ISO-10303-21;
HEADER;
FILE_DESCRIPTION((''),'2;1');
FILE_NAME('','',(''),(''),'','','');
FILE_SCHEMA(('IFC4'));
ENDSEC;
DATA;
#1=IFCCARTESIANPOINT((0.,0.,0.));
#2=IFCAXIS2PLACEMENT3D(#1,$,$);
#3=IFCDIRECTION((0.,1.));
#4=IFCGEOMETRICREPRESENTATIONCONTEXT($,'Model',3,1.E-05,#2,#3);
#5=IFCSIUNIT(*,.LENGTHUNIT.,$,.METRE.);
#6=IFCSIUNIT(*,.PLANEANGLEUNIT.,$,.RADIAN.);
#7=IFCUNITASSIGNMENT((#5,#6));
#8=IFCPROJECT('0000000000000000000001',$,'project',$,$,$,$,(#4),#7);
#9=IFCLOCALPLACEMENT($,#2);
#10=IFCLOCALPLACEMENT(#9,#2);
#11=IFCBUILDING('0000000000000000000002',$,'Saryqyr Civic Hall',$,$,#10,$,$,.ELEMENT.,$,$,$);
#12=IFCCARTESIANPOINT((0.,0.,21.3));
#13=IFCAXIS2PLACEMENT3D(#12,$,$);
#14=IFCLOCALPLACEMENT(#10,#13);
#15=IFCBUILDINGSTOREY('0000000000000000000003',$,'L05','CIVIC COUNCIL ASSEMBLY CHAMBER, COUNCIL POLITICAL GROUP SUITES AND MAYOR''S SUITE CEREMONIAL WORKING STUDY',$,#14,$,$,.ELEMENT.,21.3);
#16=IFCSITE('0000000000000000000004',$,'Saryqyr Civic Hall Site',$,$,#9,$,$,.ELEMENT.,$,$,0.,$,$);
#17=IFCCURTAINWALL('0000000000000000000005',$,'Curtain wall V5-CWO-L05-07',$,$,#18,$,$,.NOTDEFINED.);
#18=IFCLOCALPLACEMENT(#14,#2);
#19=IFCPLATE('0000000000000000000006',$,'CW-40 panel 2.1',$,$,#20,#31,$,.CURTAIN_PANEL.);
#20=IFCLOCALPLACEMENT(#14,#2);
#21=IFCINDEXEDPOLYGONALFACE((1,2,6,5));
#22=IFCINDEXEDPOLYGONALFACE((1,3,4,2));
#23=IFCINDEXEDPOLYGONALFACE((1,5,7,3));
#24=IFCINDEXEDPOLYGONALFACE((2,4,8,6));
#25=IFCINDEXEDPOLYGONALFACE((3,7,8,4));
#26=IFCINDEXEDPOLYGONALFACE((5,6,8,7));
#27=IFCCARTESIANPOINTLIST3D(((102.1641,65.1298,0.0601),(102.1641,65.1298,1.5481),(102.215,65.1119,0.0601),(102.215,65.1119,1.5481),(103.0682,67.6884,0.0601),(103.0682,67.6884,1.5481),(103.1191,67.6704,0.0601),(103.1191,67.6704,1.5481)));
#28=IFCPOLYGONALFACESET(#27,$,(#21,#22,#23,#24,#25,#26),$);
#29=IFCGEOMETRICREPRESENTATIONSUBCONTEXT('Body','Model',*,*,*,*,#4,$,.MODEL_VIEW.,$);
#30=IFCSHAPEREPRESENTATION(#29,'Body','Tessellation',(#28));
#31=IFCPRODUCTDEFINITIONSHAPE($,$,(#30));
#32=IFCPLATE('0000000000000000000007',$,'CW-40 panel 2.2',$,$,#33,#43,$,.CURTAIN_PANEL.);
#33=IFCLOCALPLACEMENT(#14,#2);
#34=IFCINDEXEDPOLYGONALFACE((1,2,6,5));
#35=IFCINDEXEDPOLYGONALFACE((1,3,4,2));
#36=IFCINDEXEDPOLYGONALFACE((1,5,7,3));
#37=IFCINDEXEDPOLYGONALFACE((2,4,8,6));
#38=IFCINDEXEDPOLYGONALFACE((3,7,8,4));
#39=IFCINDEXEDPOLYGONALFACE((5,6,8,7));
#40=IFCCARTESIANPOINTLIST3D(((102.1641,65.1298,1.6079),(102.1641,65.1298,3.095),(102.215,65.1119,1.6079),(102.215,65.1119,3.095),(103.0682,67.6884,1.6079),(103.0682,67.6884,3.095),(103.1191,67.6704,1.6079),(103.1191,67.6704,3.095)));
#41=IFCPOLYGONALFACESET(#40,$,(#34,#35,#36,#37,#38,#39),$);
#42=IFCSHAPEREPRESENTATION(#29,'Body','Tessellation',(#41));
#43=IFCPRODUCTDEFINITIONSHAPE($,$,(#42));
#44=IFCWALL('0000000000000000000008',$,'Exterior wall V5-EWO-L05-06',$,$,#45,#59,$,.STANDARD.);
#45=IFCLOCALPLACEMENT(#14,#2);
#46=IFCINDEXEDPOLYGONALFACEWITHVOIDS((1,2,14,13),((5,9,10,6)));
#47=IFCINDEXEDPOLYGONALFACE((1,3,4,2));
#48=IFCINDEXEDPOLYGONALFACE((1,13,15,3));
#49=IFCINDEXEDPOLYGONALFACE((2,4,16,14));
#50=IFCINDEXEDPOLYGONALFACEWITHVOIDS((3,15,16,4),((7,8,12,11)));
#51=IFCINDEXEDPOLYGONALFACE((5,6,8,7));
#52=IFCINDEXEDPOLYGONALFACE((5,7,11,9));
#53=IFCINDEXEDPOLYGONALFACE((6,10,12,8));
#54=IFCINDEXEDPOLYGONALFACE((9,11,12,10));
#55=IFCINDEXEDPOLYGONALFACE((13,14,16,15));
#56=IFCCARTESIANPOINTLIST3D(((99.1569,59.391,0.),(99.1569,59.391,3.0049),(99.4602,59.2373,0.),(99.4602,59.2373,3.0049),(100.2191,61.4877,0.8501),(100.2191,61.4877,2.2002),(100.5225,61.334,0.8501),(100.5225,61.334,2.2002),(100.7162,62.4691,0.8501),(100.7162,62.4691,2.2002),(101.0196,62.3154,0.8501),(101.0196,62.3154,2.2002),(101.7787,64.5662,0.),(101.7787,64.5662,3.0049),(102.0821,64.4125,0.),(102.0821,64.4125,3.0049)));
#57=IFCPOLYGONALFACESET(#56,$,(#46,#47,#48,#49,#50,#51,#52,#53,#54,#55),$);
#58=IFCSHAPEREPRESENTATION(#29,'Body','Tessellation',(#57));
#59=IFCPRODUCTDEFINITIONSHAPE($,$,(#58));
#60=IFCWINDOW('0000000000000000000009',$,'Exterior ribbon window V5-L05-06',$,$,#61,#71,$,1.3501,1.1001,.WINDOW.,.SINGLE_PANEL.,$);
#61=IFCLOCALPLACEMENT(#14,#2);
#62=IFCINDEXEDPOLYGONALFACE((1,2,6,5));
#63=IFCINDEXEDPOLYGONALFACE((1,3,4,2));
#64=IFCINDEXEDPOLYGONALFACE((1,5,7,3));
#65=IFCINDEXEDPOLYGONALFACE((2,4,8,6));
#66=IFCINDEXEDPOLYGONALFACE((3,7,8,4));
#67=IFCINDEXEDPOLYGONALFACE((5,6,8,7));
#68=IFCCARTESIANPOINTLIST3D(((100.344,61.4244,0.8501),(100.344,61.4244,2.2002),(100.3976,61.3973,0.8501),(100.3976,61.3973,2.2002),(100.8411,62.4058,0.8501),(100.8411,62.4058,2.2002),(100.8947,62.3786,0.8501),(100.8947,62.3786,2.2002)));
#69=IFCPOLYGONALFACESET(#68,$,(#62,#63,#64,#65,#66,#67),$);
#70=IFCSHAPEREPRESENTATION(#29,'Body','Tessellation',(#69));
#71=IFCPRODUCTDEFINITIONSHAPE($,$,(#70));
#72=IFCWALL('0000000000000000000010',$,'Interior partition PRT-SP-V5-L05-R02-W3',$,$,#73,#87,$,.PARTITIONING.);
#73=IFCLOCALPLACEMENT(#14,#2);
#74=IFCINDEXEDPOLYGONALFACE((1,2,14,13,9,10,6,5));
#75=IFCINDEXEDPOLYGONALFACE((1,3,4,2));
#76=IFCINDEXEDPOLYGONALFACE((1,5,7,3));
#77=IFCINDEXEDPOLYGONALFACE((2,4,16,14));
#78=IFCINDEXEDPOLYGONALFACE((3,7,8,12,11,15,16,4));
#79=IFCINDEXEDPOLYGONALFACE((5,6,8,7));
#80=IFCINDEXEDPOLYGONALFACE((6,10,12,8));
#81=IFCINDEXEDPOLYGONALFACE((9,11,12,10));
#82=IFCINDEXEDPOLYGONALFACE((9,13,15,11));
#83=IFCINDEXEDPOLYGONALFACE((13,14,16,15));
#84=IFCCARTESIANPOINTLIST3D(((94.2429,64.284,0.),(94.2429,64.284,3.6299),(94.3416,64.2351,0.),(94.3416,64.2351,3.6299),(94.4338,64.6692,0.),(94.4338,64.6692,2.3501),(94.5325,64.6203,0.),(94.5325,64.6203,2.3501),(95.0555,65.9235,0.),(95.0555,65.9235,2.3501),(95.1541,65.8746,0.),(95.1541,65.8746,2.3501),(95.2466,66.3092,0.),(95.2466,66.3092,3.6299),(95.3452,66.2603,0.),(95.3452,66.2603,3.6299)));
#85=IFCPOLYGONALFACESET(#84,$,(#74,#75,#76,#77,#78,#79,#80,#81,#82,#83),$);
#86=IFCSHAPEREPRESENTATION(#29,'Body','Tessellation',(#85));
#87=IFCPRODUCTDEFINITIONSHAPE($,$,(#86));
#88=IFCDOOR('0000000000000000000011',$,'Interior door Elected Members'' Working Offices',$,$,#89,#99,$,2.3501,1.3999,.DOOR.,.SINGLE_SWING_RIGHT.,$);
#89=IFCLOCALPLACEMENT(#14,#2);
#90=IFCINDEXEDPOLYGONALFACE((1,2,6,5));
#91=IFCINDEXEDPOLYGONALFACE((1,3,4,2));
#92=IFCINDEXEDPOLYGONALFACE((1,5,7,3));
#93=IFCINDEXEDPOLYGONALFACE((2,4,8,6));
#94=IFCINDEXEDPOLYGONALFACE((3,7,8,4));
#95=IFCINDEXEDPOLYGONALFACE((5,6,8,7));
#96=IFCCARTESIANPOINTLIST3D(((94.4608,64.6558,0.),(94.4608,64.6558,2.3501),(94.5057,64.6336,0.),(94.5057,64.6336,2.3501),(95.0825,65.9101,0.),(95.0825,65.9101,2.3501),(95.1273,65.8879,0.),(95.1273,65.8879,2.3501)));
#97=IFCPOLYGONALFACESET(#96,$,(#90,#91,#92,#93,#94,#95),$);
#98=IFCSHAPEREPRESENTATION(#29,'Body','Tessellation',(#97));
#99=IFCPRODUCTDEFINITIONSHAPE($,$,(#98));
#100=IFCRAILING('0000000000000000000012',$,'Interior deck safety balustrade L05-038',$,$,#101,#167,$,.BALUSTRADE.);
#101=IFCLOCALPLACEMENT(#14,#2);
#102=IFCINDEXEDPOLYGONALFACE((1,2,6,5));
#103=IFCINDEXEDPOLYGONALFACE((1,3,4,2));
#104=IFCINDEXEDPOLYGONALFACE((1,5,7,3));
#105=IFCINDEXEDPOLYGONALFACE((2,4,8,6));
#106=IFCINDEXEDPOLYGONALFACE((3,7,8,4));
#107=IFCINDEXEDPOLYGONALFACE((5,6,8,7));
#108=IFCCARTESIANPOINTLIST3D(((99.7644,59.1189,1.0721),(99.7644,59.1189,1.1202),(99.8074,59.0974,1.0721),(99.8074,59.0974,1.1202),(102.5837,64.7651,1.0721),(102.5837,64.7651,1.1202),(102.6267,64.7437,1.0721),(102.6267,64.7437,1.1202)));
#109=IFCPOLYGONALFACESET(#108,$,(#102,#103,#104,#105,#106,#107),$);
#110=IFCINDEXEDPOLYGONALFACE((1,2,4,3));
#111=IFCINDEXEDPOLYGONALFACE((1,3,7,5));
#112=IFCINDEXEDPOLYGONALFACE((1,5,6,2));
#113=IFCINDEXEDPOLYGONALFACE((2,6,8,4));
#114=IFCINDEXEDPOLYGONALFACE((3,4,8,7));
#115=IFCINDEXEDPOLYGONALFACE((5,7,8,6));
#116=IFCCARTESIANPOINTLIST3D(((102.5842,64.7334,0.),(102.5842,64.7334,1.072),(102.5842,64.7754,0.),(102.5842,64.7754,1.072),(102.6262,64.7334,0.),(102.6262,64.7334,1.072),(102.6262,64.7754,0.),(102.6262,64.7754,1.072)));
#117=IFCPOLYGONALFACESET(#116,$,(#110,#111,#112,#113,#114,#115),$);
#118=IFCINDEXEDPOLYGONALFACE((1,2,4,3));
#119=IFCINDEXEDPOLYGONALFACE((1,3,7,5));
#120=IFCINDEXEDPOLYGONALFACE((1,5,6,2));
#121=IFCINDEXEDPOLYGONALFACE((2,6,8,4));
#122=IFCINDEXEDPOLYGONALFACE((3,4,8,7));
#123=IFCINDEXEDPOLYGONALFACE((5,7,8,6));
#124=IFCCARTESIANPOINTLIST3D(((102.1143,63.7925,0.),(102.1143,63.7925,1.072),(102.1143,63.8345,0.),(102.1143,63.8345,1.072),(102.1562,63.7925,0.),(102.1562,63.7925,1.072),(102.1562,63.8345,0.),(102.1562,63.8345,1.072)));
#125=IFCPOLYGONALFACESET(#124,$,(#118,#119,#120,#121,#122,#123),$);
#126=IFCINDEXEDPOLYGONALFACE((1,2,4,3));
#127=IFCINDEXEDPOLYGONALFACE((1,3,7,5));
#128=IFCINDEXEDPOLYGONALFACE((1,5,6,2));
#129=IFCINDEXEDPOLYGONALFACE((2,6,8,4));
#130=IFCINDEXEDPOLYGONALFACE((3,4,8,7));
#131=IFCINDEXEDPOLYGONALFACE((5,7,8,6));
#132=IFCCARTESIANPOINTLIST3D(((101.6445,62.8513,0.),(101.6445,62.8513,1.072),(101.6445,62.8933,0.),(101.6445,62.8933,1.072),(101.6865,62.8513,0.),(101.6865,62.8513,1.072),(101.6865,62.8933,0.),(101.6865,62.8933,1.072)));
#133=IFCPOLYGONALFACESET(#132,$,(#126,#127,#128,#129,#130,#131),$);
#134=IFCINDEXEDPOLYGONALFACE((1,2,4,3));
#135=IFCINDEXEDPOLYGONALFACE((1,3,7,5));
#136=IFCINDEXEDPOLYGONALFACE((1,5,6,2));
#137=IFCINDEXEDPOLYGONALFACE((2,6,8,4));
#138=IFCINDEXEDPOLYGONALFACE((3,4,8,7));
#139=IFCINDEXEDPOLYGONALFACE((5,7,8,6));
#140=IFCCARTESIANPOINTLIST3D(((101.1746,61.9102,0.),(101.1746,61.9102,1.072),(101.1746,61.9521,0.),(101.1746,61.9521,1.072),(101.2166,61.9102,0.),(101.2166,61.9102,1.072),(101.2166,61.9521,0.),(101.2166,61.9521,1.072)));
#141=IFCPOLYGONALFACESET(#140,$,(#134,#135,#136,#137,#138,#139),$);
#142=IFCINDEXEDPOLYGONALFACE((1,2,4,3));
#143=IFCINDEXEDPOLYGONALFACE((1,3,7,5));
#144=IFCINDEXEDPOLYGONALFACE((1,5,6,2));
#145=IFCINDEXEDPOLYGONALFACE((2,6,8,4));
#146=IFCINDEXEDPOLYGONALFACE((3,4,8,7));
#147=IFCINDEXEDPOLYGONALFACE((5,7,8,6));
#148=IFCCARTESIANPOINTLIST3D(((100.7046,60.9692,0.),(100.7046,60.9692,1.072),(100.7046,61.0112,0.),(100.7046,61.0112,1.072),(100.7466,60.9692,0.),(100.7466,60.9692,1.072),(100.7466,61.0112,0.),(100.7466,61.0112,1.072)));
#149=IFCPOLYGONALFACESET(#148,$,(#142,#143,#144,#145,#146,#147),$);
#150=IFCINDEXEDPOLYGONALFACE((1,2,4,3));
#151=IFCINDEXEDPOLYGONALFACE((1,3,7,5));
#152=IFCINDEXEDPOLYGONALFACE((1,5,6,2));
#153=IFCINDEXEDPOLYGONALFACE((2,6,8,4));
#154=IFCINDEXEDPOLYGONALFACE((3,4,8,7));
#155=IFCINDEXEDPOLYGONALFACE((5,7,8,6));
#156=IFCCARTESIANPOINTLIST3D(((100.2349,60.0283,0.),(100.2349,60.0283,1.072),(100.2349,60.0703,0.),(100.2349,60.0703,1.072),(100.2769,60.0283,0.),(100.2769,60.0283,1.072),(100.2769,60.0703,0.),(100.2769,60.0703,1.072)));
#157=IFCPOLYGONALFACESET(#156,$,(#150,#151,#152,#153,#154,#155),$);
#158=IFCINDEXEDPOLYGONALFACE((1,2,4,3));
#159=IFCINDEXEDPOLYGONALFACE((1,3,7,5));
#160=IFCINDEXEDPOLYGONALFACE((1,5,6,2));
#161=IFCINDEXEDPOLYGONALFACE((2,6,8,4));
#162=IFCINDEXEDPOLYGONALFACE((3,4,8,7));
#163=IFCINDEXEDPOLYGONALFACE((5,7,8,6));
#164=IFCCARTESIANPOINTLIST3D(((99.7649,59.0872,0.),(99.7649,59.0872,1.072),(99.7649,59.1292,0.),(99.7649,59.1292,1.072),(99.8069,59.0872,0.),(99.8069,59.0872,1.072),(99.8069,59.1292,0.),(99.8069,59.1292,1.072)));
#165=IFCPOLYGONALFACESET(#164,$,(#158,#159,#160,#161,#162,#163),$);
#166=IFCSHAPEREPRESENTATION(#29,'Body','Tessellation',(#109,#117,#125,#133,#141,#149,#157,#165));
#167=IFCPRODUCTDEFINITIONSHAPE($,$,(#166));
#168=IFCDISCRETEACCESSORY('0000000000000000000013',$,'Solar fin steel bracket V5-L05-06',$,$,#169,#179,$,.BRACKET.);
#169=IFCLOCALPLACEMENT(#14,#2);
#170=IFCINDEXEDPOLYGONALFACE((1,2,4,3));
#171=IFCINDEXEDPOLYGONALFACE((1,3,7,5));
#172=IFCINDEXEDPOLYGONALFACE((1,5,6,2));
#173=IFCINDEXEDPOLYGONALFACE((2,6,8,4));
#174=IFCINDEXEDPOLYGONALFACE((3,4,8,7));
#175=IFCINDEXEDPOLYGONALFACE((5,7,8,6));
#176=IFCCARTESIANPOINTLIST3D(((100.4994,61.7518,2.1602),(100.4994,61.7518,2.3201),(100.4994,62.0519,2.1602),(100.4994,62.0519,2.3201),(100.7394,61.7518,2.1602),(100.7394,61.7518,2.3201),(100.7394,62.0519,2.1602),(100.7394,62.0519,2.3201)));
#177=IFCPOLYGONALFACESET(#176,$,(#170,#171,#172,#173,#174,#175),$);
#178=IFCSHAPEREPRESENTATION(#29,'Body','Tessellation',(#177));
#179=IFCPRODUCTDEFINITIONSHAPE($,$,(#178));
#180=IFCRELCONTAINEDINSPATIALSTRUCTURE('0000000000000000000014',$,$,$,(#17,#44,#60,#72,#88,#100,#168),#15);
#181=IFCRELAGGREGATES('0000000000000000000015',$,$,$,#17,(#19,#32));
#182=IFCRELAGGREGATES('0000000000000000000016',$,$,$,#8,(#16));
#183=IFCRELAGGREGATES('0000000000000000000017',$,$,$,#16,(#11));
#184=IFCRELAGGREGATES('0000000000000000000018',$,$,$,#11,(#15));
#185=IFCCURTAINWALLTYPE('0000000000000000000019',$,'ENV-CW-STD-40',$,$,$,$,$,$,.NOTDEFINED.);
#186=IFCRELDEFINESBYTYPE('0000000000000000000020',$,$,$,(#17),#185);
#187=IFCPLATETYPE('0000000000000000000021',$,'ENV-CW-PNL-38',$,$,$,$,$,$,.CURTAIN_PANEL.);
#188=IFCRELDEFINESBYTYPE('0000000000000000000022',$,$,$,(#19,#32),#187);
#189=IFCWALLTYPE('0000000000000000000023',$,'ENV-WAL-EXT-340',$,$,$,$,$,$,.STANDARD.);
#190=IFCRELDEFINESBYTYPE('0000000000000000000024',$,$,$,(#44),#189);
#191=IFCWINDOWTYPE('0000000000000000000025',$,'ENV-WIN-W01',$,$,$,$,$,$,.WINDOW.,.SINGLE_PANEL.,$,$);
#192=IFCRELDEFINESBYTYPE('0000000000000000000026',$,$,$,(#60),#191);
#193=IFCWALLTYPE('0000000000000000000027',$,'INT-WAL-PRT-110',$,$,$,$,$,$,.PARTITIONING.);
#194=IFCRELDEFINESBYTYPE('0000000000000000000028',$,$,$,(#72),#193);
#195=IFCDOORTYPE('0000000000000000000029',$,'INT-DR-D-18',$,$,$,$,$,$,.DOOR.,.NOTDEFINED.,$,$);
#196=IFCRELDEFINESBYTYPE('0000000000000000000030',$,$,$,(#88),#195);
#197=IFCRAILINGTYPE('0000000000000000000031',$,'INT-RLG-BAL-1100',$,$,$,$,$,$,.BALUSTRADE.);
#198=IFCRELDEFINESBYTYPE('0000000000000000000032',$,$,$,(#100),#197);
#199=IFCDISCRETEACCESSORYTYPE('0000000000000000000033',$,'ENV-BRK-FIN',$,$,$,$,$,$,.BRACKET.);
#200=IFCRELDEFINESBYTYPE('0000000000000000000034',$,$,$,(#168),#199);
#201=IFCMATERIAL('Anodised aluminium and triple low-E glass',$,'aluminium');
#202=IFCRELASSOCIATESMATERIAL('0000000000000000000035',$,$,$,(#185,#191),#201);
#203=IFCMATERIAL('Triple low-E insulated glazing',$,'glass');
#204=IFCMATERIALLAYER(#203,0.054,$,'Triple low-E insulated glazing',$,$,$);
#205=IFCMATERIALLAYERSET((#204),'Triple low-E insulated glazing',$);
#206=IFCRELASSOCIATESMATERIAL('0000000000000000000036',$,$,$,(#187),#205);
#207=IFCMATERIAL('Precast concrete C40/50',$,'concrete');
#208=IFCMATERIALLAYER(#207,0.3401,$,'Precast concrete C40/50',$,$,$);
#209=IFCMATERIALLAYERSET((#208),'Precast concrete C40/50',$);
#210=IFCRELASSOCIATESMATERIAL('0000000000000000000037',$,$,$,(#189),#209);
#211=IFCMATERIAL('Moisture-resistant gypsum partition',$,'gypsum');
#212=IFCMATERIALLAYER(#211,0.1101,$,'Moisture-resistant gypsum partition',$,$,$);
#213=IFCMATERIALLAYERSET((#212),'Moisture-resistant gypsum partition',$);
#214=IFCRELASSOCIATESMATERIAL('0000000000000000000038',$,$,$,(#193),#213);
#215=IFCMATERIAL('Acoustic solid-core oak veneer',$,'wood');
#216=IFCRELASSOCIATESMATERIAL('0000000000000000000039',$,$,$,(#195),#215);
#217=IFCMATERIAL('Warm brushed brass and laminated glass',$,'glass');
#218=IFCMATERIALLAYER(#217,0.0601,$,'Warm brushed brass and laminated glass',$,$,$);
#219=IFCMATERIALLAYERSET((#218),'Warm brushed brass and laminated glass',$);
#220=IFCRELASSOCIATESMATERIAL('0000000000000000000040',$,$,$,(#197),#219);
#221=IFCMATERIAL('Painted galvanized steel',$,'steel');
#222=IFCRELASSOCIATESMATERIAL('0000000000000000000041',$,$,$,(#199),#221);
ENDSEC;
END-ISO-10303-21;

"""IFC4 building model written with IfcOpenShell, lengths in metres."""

from ifc_helpers import new_model, si_unit, direction, frame, frame_2d, origin, origin_2d, place, context, subcontext, project, spatial, rectangle, extrude, material, layer, layer_set, type_object, element, fill, aggregate, save


model = new_model("IFC4")

# Units and contexts
model_context = context("Model", 3, precision=1e-05, world=origin(), true_north=direction((0.0, 1.0)))
body_context = subcontext(model_context, "Body", "Model", "MODEL_VIEW")
ifc_project = project(units=[si_unit("LENGTHUNIT", "METRE"), si_unit("PLANEANGLEUNIT", "RADIAN")], contexts=[model_context])

# Site, building, storey
site_placement = place(None, origin())
site = spatial("IfcSite", under=ifc_project, at=site_placement, Name="Saryqyr Civic Hall Site", CompositionType="ELEMENT", RefElevation=0.0)
building_placement = place(site_placement, origin())
building = spatial("IfcBuilding", under=site, at=building_placement, Name="Saryqyr Civic Hall", CompositionType="ELEMENT")
storey_placement = place(building_placement, frame((0.0, 0.0, 21.3)))
storey = spatial("IfcBuildingStorey", under=building, at=storey_placement, Name="L05", Description="CIVIC COUNCIL ASSEMBLY CHAMBER, COUNCIL POLITICAL GROUP SUITES AND MAYOR'S SUITE CEREMONIAL WORKING STUDY", CompositionType="ELEMENT", Elevation=21.3)

# Curtain wall
ifc_material_1 = material(Name="Anodised aluminium and triple low-E glass", Category="aluminium")
curtain_wall_type = type_object("IfcCurtainWallType", Name="ENV-CW-STD-40", PredefinedType="NOTDEFINED", material=ifc_material_1)
curtain_wall_placement = place(storey_placement, origin())
curtain_wall = element("IfcCurtainWall", 1, at=curtain_wall_placement, inside=storey, type_object=curtain_wall_type, Name="Curtain wall V5-CWO-L05-07", PredefinedType="NOTDEFINED")

# Plates
ifc_material_2 = material(Name="Triple low-E insulated glazing", Category="glass")
ifc_layer_1 = layer(ifc_material_2, 0.054, Name="Triple low-E insulated glazing")
ifc_layer_set_1 = layer_set([ifc_layer_1], Name="Triple low-E insulated glazing")
plate_type = type_object("IfcPlateType", Name="ENV-CW-PNL-38", PredefinedType="CURTAIN_PANEL", material=ifc_layer_set_1)
plate_1_placement = place(storey_placement, frame((102.6416, 66.4001, 0.0601), z_axis=(0.0, 0.0, 1.0), x_axis=(-0.33318, -0.942863, 0.0)))
plate_1 = element("IfcPlate", 2, at=plate_1_placement, type_object=plate_type, Name="CW-40 panel 2.1", PredefinedType="CURTAIN_PANEL", context=body_context, shape_type="SweptSolid", body=[
    extrude(rectangle(XDim=2.7136, YDim=0.054, at=origin_2d()), origin(), (0.0, 0.0, 1.0), 1.488),
])
plate_2_placement = place(storey_placement, frame((102.6416, 66.4001, 1.6079), z_axis=(0.0, 0.0, 1.0), x_axis=(-0.33318, -0.942863, 0.0)))
plate_2 = element("IfcPlate", 3, at=plate_2_placement, type_object=plate_type, Name="CW-40 panel 2.2", PredefinedType="CURTAIN_PANEL", context=body_context, shape_type="SweptSolid", body=[
    extrude(rectangle(XDim=2.7136, YDim=0.054, at=origin_2d()), origin(), (0.0, 0.0, 1.0), 1.4871),
])
aggregate(curtain_wall, [plate_1, plate_2])

# Wall, opening, window
ifc_material_3 = material(Name="Precast concrete C40/50", Category="concrete")
ifc_layer_2 = layer(ifc_material_3, 0.3401, Name="Precast concrete C40/50")
ifc_layer_set_2 = layer_set([ifc_layer_2], Name="Precast concrete C40/50")
wall_type_1 = type_object("IfcWallType", Name="ENV-WAL-EXT-340", PredefinedType="STANDARD", material=ifc_layer_set_2)
wall_1_placement = place(storey_placement, frame((101.9304, 64.4895, 0.0), z_axis=(0.0, 0.0, 1.0), x_axis=(-0.451921, -0.892058, 0.0)))
wall_1 = element("IfcWall", 4, at=wall_1_placement, inside=storey, type_object=wall_type_1, Name="Exterior wall V5-EWO-L05-06", PredefinedType="STANDARD", context=body_context, shape_type="SweptSolid", body=[
    extrude(rectangle(XDim=5.8015, YDim=0.3401, at=frame_2d((2.9009, 0.0))), origin(), (0.0, 0.0, 1.0), 3.0049),
])
opening_1_placement = place(wall_1_placement, frame((2.3511, 0.0, 0.8501)))
opening_1 = element("IfcOpeningElement", 5, at=opening_1_placement, cuts=wall_1, PredefinedType="OPENING", context=body_context, shape_type="SweptSolid", body=[
    extrude(rectangle(XDim=1.1001, YDim=1.3501, at=frame_2d((0.55, 0.675))), frame((0.0, 0.1799, 0.0), z_axis=(0.0, -1.0, 0.0), x_axis=(1.0, 0.0, 0.0)), (0.0, 0.0, 1.0), 0.3601),
])
window_type = type_object("IfcWindowType", Name="ENV-WIN-W01", PartitioningType="SINGLE_PANEL", PredefinedType="WINDOW", material=ifc_material_1)
window_placement = place(opening_1_placement, origin())
window = element("IfcWindow", 6, at=window_placement, inside=storey, type_object=window_type, Name="Exterior ribbon window V5-L05-06", OverallHeight=1.3501, OverallWidth=1.1001, PartitioningType="SINGLE_PANEL", PredefinedType="WINDOW", context=body_context, shape_type="SweptSolid", body=[
    extrude(rectangle(XDim=1.1001, YDim=1.3501, at=frame_2d((0.55, 0.675))), frame((0.0, 0.03, 0.0), z_axis=(0.0, -1.0, 0.0), x_axis=(1.0, 0.0, 0.0)), (0.0, 0.0, 1.0), 0.0601),
])
fill(opening_1, window)

# Wall, opening, door
ifc_material_4 = material(Name="Moisture-resistant gypsum partition", Category="gypsum")
ifc_layer_3 = layer(ifc_material_4, 0.1101, Name="Moisture-resistant gypsum partition")
ifc_layer_set_3 = layer_set([ifc_layer_3], Name="Moisture-resistant gypsum partition")
wall_type_2 = type_object("IfcWallType", Name="INT-WAL-PRT-110", PredefinedType="PARTITIONING", material=ifc_layer_set_3)
wall_2_placement = place(storey_placement, frame((94.2922, 64.2595, 0.0), z_axis=(0.0, 0.0, 1.0), x_axis=(0.444057, 0.895999, 0.0)))
wall_2 = element("IfcWall", 7, at=wall_2_placement, inside=storey, type_object=wall_type_2, Name="Interior partition PRT-SP-V5-L05-R02-W3", PredefinedType="PARTITIONING", context=body_context, shape_type="SweptSolid", body=[
    extrude(rectangle(XDim=2.2603, YDim=0.1101, at=frame_2d((1.1301, 0.0))), origin(), (0.0, 0.0, 1.0), 3.6299),
])
opening_2_placement = place(wall_2_placement, frame((0.4299, 0.0, 0.0)))
opening_2 = element("IfcOpeningElement", 8, at=opening_2_placement, cuts=wall_2, PredefinedType="OPENING", context=body_context, shape_type="SweptSolid", body=[
    extrude(rectangle(XDim=1.3999, YDim=2.3501, at=frame_2d((0.7, 1.175))), frame((0.0, 0.0649, 0.0), z_axis=(0.0, -1.0, 0.0), x_axis=(1.0, 0.0, 0.0)), (0.0, 0.0, 1.0), 0.1301),
])
ifc_material_5 = material(Name="Acoustic solid-core oak veneer", Category="wood")
door_type = type_object("IfcDoorType", Name="INT-DR-D-18", OperationType="NOTDEFINED", PredefinedType="DOOR", material=ifc_material_5)
door_placement = place(opening_2_placement, origin())
door = element("IfcDoor", 9, at=door_placement, inside=storey, type_object=door_type, Name="Interior door Elected Members' Working Offices", OperationType="SINGLE_SWING_RIGHT", OverallHeight=2.3501, OverallWidth=1.3999, PredefinedType="DOOR", context=body_context, shape_type="SweptSolid", body=[
    extrude(rectangle(XDim=1.3999, YDim=2.3501, at=frame_2d((0.7, 1.175))), frame((0.0, 0.0249, 0.0), z_axis=(0.0, -1.0, 0.0), x_axis=(1.0, 0.0, 0.0)), (0.0, 0.0, 1.0), 0.05),
])
fill(opening_2, door)

# Railing
ifc_material_6 = material(Name="Warm brushed brass and laminated glass", Category="glass")
ifc_layer_4 = layer(ifc_material_6, 0.0601, Name="Warm brushed brass and laminated glass")
ifc_layer_set_4 = layer_set([ifc_layer_4], Name="Warm brushed brass and laminated glass")
railing_type = type_object("IfcRailingType", Name="INT-RLG-BAL-1100", PredefinedType="BALUSTRADE", material=ifc_layer_set_4)
railing_placement = place(storey_placement, frame((102.6052, 64.7544, 0.0)))
element("IfcRailing", 10, at=railing_placement, inside=storey, type_object=railing_type, Name="Interior deck safety balustrade L05-038", PredefinedType="BALUSTRADE", context=body_context, shape_type="SweptSolid", body=[
    extrude(rectangle(XDim=0.0481, YDim=0.0481, at=origin_2d()), frame((0.0, 0.0, 1.0962), z_axis=(-0.446734, -0.894667, 0.0), x_axis=(0.894667, -0.446734, 0.0)), (0.0, 0.0, 1.0), 6.311),
    extrude(rectangle(XDim=0.042, YDim=0.042, at=origin_2d()), origin(), (0.0, 0.0, 1.0), 1.072),
    extrude(rectangle(XDim=0.042, YDim=0.042, at=origin_2d()), frame((-0.47, -0.9409, 0.0)), (0.0, 0.0, 1.0), 1.072),
    extrude(rectangle(XDim=0.042, YDim=0.042, at=origin_2d()), frame((-0.9397, -1.8821, 0.0)), (0.0, 0.0, 1.0), 1.072),
    extrude(rectangle(XDim=0.042, YDim=0.042, at=origin_2d()), frame((-1.4097, -2.8232, 0.0)), (0.0, 0.0, 1.0), 1.072),
    extrude(rectangle(XDim=0.042, YDim=0.042, at=origin_2d()), frame((-1.8796, -3.7642, 0.0)), (0.0, 0.0, 1.0), 1.072),
    extrude(rectangle(XDim=0.042, YDim=0.042, at=origin_2d()), frame((-2.3494, -4.7051, 0.0)), (0.0, 0.0, 1.0), 1.072),
    extrude(rectangle(XDim=0.042, YDim=0.042, at=origin_2d()), frame((-2.8193, -5.6462, 0.0)), (0.0, 0.0, 1.0), 1.072),
])

# Discrete accessory
ifc_material_7 = material(Name="Painted galvanized steel", Category="steel")
discrete_accessory_type = type_object("IfcDiscreteAccessoryType", Name="ENV-BRK-FIN", PredefinedType="BRACKET", material=ifc_material_7)
discrete_accessory_placement = place(storey_placement, frame((100.6194, 61.9019, 2.1602), z_axis=(0.0, 0.0, 1.0), x_axis=(1.0, 0.0, 0.0)))
element("IfcDiscreteAccessory", 11, at=discrete_accessory_placement, inside=storey, type_object=discrete_accessory_type, Name="Solar fin steel bracket V5-L05-06", PredefinedType="BRACKET", context=body_context, shape_type="SweptSolid", body=[
    extrude(rectangle(XDim=0.24, YDim=0.3, at=origin_2d()), origin(), (0.0, 0.0, 1.0), 0.1599),
])

save(model, "model.ifc")
